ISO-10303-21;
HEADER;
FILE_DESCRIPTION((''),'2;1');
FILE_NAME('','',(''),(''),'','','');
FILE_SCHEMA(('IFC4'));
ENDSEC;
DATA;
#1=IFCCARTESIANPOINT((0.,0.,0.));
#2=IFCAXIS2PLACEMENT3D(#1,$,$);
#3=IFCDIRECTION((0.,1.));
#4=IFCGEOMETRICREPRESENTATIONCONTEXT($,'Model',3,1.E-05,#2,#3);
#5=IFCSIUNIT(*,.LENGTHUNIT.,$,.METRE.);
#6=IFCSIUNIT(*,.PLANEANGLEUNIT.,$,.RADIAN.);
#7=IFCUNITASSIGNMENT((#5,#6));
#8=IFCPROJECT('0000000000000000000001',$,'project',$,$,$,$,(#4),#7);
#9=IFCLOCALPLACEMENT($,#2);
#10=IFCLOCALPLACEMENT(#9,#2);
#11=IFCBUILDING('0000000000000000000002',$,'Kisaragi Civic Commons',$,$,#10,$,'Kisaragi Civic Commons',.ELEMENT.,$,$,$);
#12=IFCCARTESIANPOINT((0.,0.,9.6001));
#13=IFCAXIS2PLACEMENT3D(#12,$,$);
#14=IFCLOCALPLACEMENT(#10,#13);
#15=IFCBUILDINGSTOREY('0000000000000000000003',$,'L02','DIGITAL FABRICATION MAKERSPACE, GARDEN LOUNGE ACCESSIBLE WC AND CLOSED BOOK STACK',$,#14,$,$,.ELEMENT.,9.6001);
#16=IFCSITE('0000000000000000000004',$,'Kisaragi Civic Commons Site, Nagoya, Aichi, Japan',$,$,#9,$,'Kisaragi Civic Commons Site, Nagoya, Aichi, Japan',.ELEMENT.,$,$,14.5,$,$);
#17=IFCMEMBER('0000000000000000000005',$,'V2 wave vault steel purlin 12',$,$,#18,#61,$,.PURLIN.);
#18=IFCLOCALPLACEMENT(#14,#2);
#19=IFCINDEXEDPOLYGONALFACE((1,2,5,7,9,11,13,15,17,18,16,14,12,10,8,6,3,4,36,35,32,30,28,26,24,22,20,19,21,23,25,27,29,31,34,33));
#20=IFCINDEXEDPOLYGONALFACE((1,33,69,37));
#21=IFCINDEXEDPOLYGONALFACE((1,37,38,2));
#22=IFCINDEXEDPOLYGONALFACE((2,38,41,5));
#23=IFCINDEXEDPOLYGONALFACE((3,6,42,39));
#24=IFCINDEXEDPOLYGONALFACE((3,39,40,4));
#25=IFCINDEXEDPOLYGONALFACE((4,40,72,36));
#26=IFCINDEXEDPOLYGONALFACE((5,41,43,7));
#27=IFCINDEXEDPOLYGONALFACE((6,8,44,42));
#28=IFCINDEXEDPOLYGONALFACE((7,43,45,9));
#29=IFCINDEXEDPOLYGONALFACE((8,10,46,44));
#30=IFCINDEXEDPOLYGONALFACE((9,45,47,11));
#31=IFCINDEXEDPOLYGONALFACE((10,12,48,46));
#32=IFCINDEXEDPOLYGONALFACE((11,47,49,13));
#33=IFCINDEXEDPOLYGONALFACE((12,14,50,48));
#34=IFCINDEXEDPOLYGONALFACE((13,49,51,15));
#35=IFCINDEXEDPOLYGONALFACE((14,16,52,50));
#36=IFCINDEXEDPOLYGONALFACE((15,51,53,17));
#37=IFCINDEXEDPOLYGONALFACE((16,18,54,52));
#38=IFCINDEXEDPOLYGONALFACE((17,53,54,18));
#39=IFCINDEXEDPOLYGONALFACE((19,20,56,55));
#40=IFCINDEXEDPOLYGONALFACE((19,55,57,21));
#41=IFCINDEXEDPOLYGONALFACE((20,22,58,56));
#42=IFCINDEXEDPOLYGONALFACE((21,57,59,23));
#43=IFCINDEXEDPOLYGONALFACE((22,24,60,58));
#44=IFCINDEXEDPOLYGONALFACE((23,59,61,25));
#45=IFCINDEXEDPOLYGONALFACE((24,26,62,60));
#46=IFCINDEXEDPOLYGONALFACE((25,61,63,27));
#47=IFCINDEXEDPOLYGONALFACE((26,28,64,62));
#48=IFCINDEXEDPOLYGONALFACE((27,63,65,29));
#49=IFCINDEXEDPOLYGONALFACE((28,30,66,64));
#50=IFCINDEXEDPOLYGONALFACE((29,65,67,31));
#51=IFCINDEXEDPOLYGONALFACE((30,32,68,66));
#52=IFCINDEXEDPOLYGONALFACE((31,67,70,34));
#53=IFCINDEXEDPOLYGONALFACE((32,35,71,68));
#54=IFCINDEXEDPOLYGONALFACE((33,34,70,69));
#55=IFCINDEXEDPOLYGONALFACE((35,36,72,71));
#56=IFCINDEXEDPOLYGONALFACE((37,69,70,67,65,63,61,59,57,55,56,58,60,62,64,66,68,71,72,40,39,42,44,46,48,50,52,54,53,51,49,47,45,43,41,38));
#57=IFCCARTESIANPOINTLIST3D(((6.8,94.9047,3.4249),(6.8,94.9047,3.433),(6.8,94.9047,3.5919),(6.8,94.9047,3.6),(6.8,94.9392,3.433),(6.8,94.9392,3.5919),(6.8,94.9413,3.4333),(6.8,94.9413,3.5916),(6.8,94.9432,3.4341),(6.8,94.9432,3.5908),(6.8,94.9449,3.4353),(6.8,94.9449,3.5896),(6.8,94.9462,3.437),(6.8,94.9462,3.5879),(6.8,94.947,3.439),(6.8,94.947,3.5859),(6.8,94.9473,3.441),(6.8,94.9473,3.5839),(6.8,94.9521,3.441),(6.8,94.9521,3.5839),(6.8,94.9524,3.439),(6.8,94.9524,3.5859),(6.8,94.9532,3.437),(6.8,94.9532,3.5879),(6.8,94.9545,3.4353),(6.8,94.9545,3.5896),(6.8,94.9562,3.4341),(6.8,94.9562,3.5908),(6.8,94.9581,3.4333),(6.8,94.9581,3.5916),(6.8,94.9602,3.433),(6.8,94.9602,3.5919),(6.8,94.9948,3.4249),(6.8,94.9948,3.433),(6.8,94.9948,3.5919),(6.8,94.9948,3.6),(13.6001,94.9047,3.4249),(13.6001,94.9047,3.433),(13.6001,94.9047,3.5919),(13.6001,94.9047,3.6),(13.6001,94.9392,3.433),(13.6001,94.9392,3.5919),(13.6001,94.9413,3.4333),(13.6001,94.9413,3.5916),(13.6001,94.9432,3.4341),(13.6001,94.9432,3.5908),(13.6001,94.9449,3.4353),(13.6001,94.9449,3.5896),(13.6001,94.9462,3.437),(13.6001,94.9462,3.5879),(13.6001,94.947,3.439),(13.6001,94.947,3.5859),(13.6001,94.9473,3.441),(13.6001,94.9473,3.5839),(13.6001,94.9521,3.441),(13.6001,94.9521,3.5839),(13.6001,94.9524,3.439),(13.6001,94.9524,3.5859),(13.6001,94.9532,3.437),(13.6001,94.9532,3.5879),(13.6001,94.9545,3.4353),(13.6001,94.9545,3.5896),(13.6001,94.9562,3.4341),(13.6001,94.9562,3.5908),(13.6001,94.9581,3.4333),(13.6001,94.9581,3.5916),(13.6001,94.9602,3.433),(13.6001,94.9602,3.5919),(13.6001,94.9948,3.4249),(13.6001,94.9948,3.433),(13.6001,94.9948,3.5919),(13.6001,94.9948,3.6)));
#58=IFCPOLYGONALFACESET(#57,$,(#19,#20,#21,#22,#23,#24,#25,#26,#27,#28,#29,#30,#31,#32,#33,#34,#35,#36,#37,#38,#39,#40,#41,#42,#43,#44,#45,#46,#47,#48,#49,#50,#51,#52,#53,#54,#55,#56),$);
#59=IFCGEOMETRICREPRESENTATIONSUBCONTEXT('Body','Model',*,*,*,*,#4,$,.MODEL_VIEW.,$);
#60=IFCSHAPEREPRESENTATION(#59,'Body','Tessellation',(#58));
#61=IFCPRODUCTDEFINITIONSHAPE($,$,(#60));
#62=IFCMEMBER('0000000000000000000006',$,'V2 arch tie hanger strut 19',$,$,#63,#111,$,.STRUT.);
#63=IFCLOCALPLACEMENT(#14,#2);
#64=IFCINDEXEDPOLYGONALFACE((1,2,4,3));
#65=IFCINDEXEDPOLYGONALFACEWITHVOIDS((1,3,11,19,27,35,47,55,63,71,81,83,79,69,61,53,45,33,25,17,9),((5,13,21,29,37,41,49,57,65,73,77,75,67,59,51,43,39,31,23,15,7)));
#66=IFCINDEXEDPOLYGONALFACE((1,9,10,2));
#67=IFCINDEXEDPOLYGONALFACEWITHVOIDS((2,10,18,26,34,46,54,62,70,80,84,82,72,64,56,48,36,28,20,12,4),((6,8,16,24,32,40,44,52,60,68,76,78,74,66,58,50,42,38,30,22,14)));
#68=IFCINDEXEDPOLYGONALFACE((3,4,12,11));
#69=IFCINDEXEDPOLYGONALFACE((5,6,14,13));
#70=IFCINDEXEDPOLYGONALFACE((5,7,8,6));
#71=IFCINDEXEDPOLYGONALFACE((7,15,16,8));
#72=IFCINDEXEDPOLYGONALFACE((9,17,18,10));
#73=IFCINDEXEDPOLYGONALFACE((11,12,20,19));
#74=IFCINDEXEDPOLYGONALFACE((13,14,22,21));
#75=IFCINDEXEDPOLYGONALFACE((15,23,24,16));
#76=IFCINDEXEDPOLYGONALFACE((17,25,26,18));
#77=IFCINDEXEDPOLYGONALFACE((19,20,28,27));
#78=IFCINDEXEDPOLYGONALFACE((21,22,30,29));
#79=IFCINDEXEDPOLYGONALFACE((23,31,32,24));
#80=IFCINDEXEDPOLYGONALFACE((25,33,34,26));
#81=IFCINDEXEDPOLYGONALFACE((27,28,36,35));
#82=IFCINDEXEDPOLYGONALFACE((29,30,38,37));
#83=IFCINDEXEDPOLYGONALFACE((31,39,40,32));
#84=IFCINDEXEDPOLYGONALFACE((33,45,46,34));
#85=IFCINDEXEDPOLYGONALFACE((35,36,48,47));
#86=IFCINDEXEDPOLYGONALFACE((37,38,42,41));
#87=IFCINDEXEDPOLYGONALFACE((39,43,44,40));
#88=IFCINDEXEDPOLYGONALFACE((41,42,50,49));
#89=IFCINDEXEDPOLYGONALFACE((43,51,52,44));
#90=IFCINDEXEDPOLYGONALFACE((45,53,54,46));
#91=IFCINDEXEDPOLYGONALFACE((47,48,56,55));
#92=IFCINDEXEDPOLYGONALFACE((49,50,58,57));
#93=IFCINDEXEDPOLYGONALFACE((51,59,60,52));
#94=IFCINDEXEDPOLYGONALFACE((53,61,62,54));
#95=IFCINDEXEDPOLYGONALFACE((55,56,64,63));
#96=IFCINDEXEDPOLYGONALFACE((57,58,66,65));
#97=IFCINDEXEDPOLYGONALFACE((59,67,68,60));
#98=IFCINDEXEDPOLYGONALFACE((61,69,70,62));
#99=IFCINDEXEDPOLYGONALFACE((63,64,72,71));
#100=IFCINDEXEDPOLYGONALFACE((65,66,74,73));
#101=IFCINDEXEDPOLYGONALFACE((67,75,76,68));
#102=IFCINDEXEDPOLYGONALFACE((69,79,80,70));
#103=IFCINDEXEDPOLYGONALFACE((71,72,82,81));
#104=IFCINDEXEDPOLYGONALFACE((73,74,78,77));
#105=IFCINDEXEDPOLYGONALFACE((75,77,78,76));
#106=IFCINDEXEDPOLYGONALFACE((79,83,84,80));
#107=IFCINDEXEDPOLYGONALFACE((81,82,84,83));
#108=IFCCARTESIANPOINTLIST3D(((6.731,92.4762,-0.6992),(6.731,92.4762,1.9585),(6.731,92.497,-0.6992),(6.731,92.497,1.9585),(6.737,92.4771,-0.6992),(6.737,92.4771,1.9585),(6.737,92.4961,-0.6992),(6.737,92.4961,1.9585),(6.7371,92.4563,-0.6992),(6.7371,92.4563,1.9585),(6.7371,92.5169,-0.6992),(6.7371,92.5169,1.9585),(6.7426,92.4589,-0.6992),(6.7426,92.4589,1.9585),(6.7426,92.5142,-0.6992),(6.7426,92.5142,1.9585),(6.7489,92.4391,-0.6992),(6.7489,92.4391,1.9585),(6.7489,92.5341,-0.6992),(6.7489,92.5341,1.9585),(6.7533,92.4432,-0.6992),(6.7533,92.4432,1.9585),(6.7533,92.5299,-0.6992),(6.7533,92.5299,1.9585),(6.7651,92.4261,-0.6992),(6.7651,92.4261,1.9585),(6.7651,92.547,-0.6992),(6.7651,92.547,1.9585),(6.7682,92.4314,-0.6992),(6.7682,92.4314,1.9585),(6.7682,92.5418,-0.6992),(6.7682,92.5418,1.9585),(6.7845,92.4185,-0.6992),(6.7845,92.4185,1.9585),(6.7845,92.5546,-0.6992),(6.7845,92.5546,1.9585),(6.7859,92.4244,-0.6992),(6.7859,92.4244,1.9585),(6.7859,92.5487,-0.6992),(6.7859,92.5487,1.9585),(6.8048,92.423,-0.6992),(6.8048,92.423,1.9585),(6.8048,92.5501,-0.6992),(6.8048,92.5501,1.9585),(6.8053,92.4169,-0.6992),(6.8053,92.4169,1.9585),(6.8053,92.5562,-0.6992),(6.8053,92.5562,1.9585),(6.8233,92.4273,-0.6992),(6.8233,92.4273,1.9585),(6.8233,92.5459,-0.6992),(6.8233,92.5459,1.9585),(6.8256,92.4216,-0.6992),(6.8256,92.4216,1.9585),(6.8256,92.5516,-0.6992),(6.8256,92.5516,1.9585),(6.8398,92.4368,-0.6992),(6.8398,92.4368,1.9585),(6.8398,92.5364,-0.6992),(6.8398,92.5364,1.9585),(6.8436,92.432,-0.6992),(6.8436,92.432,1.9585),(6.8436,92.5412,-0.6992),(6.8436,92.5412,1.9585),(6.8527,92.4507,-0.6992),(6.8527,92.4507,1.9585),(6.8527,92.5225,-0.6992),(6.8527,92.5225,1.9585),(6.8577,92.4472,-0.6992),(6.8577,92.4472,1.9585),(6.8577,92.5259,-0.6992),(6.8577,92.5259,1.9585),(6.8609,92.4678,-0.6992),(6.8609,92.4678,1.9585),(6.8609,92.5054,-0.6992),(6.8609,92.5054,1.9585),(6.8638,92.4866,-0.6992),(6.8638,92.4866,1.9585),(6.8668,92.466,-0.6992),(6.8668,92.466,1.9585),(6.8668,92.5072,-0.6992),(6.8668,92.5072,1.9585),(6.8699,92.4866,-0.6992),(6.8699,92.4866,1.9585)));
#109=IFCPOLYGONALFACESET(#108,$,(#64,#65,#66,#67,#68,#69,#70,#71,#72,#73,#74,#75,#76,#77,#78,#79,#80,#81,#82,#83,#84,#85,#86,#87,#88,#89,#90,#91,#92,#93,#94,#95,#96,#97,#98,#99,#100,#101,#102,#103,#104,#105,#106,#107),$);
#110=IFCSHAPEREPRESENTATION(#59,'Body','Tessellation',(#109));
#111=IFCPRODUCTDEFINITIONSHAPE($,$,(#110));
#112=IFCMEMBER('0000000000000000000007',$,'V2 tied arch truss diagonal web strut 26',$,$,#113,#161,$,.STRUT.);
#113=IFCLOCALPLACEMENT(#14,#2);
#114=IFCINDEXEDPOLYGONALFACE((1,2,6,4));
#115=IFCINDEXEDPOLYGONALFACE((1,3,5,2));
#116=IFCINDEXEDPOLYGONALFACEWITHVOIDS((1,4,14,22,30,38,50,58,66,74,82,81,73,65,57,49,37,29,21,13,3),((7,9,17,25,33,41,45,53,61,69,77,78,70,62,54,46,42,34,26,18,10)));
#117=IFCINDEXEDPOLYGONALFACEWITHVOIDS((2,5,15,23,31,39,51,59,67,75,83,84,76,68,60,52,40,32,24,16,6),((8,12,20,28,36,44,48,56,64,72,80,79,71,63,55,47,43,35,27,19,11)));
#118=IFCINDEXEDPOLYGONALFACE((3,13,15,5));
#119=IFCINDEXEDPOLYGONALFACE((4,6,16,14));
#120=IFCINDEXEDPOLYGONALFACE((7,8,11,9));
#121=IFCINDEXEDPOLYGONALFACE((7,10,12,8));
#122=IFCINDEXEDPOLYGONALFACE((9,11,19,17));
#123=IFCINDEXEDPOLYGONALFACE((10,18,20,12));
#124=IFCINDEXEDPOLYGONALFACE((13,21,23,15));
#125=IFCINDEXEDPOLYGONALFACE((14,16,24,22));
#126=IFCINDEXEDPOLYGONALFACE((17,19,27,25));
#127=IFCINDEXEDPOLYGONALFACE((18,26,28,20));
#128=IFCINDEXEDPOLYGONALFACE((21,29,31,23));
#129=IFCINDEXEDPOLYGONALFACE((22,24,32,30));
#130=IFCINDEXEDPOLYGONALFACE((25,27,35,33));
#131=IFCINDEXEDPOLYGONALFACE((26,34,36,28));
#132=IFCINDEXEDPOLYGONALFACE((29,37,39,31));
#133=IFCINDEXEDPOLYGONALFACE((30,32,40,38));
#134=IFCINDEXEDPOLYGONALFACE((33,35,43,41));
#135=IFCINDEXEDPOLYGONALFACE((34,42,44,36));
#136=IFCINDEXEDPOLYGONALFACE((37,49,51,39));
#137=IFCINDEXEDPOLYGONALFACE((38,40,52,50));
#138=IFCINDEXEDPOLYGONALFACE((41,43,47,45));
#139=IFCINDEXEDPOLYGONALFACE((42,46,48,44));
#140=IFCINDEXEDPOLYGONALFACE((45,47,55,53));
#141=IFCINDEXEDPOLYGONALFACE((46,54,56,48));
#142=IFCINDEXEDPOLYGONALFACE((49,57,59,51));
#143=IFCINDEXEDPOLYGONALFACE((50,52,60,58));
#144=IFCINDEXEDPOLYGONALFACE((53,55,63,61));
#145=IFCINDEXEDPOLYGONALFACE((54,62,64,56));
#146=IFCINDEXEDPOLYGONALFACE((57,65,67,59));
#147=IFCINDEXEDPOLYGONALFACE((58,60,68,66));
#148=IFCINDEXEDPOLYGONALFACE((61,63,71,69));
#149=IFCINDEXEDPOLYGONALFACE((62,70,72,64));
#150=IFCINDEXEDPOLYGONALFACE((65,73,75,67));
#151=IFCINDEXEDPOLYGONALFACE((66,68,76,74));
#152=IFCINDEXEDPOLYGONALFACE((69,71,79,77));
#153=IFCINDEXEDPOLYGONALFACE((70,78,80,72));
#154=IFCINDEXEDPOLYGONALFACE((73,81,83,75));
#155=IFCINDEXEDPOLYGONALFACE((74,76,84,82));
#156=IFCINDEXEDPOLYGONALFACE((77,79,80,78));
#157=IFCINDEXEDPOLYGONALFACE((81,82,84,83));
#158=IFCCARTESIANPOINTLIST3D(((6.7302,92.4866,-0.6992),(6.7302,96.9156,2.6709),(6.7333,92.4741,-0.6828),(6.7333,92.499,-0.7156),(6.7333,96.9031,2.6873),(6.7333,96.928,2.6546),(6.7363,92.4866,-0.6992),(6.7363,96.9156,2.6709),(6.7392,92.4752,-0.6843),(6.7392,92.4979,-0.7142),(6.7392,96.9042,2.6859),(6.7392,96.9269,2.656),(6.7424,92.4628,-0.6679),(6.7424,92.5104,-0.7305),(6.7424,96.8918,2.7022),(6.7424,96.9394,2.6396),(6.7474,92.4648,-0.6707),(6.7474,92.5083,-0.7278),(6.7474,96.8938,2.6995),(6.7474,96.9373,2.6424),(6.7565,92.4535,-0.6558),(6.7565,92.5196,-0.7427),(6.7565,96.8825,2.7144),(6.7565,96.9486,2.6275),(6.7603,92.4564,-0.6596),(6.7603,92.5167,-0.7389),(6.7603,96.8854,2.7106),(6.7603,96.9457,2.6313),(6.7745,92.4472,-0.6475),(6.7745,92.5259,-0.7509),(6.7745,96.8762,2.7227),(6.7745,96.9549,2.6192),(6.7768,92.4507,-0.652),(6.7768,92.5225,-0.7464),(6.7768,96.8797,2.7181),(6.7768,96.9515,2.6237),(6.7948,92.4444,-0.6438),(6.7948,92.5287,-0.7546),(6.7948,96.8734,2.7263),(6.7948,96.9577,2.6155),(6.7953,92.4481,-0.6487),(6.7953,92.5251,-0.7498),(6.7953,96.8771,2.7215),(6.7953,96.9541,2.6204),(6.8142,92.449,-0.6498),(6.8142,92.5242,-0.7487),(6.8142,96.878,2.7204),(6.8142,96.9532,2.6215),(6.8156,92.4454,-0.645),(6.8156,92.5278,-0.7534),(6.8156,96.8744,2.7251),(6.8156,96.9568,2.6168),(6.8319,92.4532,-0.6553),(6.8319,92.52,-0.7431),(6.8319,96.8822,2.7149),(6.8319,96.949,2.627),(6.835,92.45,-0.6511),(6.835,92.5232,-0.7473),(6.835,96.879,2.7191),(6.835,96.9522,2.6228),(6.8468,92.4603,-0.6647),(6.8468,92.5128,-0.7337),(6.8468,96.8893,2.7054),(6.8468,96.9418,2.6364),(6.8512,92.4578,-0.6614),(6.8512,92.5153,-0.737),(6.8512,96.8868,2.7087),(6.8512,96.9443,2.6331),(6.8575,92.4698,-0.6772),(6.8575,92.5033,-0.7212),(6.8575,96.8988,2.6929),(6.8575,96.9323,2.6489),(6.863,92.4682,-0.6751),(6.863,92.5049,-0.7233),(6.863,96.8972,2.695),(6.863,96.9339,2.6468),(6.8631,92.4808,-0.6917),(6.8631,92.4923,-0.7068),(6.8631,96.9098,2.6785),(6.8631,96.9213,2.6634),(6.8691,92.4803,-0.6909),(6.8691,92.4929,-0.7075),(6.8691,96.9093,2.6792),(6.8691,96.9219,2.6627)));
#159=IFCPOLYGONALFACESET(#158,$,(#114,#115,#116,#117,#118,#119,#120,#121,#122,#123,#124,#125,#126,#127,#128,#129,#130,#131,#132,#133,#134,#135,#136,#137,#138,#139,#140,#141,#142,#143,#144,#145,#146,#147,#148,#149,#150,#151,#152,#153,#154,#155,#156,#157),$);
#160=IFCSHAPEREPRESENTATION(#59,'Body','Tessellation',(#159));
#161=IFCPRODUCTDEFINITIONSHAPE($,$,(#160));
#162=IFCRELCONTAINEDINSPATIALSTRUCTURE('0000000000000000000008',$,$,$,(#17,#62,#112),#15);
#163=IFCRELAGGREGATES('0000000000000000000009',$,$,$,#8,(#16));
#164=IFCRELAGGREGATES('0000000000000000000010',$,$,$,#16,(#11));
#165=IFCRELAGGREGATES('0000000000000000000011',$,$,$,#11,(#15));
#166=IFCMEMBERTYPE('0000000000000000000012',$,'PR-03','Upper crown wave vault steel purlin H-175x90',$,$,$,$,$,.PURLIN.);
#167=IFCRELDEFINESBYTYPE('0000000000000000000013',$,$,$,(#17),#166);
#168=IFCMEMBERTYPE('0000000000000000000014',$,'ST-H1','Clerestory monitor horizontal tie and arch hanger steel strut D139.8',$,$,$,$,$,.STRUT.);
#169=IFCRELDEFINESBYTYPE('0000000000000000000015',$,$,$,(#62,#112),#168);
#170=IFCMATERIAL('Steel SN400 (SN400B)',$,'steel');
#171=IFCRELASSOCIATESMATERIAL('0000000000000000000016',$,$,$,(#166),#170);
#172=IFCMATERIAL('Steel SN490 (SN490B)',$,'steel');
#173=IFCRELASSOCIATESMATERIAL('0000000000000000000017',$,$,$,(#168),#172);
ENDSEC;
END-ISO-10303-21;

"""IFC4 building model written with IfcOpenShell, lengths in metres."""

from ifc_helpers import new_model, si_unit, direction, frame, origin, origin_2d, place, context, subcontext, project, spatial, hollow_circle, i_section, extrude, material, material_profile, profile_set, type_object, element, save


model = new_model("IFC4")

# Units and contexts
model_context = context("Model", 3, precision=1e-05, world=origin(), true_north=direction((0.0, 1.0)))
body_context = subcontext(model_context, "Body", "Model", "MODEL_VIEW")
ifc_project = project(units=[si_unit("LENGTHUNIT", "METRE"), si_unit("PLANEANGLEUNIT", "RADIAN")], contexts=[model_context])

# Site, building, storey
site_placement = place(None, origin())
site = spatial("IfcSite", under=ifc_project, at=site_placement, Name="Kisaragi Civic Commons Site, Nagoya, Aichi, Japan", LongName="Kisaragi Civic Commons Site, Nagoya, Aichi, Japan", CompositionType="ELEMENT", RefElevation=14.5)
building_placement = place(site_placement, origin())
building = spatial("IfcBuilding", under=site, at=building_placement, Name="Kisaragi Civic Commons", LongName="Kisaragi Civic Commons", CompositionType="ELEMENT")
storey_placement = place(building_placement, frame((0.0, 0.0, 9.6001)))
storey = spatial("IfcBuildingStorey", under=building, at=storey_placement, Name="L02", Description="DIGITAL FABRICATION MAKERSPACE, GARDEN LOUNGE ACCESSIBLE WC AND CLOSED BOOK STACK", CompositionType="ELEMENT", Elevation=9.6001)

# Members
ifc_material_1 = material(Name="Steel SN490 (SN490B)", Category="steel")
ifc_material_2 = material(Name="Steel SN400 (SN400B)", Category="steel")
ifc_material_profile_1 = material_profile(ifc_material_2, i_section(OverallWidth=0.0901, OverallDepth=0.175, WebThickness=0.0049, FlangeThickness=0.0081, FilletRadius=0.0081, at=origin_2d()), Name="H-175x90x5x8", Category="steel")
ifc_profile_set_1 = profile_set([ifc_material_profile_1], Name="Steel SN400 (SN400B)")
member_type_1 = type_object("IfcMemberType", Name="PR-03", Description="Upper crown wave vault steel purlin H-175x90", PredefinedType="PURLIN", material=ifc_profile_set_1)
member_1_placement = place(storey_placement, frame((6.8, 94.9497, 3.5125), z_axis=(1.0, 0.0, 0.0), x_axis=(0.0, 1.0, 0.0)))
element("IfcMember", 1, at=member_1_placement, inside=storey, type_object=member_type_1, Name="V2 wave vault steel purlin 12", PredefinedType="PURLIN", context=body_context, shape_type="SweptSolid", body=[
    extrude(i_section(OverallWidth=0.0901, OverallDepth=0.175, WebThickness=0.0049, FlangeThickness=0.0081, FilletRadius=0.0081, at=origin_2d()), origin(), (0.0, 0.0, 1.0), 6.8),
])
ifc_material_profile_2 = material_profile(ifc_material_1, hollow_circle(Radius=0.0698, WallThickness=0.0061, at=origin_2d()), Name="CHS-139.8x6.0", Category="steel")
ifc_profile_set_2 = profile_set([ifc_material_profile_2], Name="Steel SN490 (SN490B)")
member_type_2 = type_object("IfcMemberType", Name="ST-H1", Description="Clerestory monitor horizontal tie and arch hanger steel strut D139.8", PredefinedType="STRUT", material=ifc_profile_set_2)
member_2_placement = place(storey_placement, frame((6.8, 92.4866, -0.6992), z_axis=(0.0, 0.0, 1.0), x_axis=(1.0, 0.0, 0.0)))
element("IfcMember", 2, at=member_2_placement, inside=storey, type_object=member_type_2, Name="V2 arch tie hanger strut 19", PredefinedType="STRUT", context=body_context, shape_type="SweptSolid", body=[
    extrude(hollow_circle(Radius=0.0698, WallThickness=0.0061, at=origin_2d()), origin(), (0.0, 0.0, 1.0), 2.6577),
])
member_3_placement = place(storey_placement, frame((6.8, 92.4866, -0.6992), z_axis=(0.0, 0.795806, 0.605551), x_axis=(-1.0, 0.0, 0.0)))
element("IfcMember", 3, at=member_3_placement, inside=storey, type_object=member_type_2, Name="V2 tied arch truss diagonal web strut 26", PredefinedType="STRUT", context=body_context, shape_type="SweptSolid", body=[
    extrude(hollow_circle(Radius=0.0698, WallThickness=0.0061, at=origin_2d()), origin(), (0.0, 0.0, 1.0), 5.5654),
])

save(model, "model.ifc")
